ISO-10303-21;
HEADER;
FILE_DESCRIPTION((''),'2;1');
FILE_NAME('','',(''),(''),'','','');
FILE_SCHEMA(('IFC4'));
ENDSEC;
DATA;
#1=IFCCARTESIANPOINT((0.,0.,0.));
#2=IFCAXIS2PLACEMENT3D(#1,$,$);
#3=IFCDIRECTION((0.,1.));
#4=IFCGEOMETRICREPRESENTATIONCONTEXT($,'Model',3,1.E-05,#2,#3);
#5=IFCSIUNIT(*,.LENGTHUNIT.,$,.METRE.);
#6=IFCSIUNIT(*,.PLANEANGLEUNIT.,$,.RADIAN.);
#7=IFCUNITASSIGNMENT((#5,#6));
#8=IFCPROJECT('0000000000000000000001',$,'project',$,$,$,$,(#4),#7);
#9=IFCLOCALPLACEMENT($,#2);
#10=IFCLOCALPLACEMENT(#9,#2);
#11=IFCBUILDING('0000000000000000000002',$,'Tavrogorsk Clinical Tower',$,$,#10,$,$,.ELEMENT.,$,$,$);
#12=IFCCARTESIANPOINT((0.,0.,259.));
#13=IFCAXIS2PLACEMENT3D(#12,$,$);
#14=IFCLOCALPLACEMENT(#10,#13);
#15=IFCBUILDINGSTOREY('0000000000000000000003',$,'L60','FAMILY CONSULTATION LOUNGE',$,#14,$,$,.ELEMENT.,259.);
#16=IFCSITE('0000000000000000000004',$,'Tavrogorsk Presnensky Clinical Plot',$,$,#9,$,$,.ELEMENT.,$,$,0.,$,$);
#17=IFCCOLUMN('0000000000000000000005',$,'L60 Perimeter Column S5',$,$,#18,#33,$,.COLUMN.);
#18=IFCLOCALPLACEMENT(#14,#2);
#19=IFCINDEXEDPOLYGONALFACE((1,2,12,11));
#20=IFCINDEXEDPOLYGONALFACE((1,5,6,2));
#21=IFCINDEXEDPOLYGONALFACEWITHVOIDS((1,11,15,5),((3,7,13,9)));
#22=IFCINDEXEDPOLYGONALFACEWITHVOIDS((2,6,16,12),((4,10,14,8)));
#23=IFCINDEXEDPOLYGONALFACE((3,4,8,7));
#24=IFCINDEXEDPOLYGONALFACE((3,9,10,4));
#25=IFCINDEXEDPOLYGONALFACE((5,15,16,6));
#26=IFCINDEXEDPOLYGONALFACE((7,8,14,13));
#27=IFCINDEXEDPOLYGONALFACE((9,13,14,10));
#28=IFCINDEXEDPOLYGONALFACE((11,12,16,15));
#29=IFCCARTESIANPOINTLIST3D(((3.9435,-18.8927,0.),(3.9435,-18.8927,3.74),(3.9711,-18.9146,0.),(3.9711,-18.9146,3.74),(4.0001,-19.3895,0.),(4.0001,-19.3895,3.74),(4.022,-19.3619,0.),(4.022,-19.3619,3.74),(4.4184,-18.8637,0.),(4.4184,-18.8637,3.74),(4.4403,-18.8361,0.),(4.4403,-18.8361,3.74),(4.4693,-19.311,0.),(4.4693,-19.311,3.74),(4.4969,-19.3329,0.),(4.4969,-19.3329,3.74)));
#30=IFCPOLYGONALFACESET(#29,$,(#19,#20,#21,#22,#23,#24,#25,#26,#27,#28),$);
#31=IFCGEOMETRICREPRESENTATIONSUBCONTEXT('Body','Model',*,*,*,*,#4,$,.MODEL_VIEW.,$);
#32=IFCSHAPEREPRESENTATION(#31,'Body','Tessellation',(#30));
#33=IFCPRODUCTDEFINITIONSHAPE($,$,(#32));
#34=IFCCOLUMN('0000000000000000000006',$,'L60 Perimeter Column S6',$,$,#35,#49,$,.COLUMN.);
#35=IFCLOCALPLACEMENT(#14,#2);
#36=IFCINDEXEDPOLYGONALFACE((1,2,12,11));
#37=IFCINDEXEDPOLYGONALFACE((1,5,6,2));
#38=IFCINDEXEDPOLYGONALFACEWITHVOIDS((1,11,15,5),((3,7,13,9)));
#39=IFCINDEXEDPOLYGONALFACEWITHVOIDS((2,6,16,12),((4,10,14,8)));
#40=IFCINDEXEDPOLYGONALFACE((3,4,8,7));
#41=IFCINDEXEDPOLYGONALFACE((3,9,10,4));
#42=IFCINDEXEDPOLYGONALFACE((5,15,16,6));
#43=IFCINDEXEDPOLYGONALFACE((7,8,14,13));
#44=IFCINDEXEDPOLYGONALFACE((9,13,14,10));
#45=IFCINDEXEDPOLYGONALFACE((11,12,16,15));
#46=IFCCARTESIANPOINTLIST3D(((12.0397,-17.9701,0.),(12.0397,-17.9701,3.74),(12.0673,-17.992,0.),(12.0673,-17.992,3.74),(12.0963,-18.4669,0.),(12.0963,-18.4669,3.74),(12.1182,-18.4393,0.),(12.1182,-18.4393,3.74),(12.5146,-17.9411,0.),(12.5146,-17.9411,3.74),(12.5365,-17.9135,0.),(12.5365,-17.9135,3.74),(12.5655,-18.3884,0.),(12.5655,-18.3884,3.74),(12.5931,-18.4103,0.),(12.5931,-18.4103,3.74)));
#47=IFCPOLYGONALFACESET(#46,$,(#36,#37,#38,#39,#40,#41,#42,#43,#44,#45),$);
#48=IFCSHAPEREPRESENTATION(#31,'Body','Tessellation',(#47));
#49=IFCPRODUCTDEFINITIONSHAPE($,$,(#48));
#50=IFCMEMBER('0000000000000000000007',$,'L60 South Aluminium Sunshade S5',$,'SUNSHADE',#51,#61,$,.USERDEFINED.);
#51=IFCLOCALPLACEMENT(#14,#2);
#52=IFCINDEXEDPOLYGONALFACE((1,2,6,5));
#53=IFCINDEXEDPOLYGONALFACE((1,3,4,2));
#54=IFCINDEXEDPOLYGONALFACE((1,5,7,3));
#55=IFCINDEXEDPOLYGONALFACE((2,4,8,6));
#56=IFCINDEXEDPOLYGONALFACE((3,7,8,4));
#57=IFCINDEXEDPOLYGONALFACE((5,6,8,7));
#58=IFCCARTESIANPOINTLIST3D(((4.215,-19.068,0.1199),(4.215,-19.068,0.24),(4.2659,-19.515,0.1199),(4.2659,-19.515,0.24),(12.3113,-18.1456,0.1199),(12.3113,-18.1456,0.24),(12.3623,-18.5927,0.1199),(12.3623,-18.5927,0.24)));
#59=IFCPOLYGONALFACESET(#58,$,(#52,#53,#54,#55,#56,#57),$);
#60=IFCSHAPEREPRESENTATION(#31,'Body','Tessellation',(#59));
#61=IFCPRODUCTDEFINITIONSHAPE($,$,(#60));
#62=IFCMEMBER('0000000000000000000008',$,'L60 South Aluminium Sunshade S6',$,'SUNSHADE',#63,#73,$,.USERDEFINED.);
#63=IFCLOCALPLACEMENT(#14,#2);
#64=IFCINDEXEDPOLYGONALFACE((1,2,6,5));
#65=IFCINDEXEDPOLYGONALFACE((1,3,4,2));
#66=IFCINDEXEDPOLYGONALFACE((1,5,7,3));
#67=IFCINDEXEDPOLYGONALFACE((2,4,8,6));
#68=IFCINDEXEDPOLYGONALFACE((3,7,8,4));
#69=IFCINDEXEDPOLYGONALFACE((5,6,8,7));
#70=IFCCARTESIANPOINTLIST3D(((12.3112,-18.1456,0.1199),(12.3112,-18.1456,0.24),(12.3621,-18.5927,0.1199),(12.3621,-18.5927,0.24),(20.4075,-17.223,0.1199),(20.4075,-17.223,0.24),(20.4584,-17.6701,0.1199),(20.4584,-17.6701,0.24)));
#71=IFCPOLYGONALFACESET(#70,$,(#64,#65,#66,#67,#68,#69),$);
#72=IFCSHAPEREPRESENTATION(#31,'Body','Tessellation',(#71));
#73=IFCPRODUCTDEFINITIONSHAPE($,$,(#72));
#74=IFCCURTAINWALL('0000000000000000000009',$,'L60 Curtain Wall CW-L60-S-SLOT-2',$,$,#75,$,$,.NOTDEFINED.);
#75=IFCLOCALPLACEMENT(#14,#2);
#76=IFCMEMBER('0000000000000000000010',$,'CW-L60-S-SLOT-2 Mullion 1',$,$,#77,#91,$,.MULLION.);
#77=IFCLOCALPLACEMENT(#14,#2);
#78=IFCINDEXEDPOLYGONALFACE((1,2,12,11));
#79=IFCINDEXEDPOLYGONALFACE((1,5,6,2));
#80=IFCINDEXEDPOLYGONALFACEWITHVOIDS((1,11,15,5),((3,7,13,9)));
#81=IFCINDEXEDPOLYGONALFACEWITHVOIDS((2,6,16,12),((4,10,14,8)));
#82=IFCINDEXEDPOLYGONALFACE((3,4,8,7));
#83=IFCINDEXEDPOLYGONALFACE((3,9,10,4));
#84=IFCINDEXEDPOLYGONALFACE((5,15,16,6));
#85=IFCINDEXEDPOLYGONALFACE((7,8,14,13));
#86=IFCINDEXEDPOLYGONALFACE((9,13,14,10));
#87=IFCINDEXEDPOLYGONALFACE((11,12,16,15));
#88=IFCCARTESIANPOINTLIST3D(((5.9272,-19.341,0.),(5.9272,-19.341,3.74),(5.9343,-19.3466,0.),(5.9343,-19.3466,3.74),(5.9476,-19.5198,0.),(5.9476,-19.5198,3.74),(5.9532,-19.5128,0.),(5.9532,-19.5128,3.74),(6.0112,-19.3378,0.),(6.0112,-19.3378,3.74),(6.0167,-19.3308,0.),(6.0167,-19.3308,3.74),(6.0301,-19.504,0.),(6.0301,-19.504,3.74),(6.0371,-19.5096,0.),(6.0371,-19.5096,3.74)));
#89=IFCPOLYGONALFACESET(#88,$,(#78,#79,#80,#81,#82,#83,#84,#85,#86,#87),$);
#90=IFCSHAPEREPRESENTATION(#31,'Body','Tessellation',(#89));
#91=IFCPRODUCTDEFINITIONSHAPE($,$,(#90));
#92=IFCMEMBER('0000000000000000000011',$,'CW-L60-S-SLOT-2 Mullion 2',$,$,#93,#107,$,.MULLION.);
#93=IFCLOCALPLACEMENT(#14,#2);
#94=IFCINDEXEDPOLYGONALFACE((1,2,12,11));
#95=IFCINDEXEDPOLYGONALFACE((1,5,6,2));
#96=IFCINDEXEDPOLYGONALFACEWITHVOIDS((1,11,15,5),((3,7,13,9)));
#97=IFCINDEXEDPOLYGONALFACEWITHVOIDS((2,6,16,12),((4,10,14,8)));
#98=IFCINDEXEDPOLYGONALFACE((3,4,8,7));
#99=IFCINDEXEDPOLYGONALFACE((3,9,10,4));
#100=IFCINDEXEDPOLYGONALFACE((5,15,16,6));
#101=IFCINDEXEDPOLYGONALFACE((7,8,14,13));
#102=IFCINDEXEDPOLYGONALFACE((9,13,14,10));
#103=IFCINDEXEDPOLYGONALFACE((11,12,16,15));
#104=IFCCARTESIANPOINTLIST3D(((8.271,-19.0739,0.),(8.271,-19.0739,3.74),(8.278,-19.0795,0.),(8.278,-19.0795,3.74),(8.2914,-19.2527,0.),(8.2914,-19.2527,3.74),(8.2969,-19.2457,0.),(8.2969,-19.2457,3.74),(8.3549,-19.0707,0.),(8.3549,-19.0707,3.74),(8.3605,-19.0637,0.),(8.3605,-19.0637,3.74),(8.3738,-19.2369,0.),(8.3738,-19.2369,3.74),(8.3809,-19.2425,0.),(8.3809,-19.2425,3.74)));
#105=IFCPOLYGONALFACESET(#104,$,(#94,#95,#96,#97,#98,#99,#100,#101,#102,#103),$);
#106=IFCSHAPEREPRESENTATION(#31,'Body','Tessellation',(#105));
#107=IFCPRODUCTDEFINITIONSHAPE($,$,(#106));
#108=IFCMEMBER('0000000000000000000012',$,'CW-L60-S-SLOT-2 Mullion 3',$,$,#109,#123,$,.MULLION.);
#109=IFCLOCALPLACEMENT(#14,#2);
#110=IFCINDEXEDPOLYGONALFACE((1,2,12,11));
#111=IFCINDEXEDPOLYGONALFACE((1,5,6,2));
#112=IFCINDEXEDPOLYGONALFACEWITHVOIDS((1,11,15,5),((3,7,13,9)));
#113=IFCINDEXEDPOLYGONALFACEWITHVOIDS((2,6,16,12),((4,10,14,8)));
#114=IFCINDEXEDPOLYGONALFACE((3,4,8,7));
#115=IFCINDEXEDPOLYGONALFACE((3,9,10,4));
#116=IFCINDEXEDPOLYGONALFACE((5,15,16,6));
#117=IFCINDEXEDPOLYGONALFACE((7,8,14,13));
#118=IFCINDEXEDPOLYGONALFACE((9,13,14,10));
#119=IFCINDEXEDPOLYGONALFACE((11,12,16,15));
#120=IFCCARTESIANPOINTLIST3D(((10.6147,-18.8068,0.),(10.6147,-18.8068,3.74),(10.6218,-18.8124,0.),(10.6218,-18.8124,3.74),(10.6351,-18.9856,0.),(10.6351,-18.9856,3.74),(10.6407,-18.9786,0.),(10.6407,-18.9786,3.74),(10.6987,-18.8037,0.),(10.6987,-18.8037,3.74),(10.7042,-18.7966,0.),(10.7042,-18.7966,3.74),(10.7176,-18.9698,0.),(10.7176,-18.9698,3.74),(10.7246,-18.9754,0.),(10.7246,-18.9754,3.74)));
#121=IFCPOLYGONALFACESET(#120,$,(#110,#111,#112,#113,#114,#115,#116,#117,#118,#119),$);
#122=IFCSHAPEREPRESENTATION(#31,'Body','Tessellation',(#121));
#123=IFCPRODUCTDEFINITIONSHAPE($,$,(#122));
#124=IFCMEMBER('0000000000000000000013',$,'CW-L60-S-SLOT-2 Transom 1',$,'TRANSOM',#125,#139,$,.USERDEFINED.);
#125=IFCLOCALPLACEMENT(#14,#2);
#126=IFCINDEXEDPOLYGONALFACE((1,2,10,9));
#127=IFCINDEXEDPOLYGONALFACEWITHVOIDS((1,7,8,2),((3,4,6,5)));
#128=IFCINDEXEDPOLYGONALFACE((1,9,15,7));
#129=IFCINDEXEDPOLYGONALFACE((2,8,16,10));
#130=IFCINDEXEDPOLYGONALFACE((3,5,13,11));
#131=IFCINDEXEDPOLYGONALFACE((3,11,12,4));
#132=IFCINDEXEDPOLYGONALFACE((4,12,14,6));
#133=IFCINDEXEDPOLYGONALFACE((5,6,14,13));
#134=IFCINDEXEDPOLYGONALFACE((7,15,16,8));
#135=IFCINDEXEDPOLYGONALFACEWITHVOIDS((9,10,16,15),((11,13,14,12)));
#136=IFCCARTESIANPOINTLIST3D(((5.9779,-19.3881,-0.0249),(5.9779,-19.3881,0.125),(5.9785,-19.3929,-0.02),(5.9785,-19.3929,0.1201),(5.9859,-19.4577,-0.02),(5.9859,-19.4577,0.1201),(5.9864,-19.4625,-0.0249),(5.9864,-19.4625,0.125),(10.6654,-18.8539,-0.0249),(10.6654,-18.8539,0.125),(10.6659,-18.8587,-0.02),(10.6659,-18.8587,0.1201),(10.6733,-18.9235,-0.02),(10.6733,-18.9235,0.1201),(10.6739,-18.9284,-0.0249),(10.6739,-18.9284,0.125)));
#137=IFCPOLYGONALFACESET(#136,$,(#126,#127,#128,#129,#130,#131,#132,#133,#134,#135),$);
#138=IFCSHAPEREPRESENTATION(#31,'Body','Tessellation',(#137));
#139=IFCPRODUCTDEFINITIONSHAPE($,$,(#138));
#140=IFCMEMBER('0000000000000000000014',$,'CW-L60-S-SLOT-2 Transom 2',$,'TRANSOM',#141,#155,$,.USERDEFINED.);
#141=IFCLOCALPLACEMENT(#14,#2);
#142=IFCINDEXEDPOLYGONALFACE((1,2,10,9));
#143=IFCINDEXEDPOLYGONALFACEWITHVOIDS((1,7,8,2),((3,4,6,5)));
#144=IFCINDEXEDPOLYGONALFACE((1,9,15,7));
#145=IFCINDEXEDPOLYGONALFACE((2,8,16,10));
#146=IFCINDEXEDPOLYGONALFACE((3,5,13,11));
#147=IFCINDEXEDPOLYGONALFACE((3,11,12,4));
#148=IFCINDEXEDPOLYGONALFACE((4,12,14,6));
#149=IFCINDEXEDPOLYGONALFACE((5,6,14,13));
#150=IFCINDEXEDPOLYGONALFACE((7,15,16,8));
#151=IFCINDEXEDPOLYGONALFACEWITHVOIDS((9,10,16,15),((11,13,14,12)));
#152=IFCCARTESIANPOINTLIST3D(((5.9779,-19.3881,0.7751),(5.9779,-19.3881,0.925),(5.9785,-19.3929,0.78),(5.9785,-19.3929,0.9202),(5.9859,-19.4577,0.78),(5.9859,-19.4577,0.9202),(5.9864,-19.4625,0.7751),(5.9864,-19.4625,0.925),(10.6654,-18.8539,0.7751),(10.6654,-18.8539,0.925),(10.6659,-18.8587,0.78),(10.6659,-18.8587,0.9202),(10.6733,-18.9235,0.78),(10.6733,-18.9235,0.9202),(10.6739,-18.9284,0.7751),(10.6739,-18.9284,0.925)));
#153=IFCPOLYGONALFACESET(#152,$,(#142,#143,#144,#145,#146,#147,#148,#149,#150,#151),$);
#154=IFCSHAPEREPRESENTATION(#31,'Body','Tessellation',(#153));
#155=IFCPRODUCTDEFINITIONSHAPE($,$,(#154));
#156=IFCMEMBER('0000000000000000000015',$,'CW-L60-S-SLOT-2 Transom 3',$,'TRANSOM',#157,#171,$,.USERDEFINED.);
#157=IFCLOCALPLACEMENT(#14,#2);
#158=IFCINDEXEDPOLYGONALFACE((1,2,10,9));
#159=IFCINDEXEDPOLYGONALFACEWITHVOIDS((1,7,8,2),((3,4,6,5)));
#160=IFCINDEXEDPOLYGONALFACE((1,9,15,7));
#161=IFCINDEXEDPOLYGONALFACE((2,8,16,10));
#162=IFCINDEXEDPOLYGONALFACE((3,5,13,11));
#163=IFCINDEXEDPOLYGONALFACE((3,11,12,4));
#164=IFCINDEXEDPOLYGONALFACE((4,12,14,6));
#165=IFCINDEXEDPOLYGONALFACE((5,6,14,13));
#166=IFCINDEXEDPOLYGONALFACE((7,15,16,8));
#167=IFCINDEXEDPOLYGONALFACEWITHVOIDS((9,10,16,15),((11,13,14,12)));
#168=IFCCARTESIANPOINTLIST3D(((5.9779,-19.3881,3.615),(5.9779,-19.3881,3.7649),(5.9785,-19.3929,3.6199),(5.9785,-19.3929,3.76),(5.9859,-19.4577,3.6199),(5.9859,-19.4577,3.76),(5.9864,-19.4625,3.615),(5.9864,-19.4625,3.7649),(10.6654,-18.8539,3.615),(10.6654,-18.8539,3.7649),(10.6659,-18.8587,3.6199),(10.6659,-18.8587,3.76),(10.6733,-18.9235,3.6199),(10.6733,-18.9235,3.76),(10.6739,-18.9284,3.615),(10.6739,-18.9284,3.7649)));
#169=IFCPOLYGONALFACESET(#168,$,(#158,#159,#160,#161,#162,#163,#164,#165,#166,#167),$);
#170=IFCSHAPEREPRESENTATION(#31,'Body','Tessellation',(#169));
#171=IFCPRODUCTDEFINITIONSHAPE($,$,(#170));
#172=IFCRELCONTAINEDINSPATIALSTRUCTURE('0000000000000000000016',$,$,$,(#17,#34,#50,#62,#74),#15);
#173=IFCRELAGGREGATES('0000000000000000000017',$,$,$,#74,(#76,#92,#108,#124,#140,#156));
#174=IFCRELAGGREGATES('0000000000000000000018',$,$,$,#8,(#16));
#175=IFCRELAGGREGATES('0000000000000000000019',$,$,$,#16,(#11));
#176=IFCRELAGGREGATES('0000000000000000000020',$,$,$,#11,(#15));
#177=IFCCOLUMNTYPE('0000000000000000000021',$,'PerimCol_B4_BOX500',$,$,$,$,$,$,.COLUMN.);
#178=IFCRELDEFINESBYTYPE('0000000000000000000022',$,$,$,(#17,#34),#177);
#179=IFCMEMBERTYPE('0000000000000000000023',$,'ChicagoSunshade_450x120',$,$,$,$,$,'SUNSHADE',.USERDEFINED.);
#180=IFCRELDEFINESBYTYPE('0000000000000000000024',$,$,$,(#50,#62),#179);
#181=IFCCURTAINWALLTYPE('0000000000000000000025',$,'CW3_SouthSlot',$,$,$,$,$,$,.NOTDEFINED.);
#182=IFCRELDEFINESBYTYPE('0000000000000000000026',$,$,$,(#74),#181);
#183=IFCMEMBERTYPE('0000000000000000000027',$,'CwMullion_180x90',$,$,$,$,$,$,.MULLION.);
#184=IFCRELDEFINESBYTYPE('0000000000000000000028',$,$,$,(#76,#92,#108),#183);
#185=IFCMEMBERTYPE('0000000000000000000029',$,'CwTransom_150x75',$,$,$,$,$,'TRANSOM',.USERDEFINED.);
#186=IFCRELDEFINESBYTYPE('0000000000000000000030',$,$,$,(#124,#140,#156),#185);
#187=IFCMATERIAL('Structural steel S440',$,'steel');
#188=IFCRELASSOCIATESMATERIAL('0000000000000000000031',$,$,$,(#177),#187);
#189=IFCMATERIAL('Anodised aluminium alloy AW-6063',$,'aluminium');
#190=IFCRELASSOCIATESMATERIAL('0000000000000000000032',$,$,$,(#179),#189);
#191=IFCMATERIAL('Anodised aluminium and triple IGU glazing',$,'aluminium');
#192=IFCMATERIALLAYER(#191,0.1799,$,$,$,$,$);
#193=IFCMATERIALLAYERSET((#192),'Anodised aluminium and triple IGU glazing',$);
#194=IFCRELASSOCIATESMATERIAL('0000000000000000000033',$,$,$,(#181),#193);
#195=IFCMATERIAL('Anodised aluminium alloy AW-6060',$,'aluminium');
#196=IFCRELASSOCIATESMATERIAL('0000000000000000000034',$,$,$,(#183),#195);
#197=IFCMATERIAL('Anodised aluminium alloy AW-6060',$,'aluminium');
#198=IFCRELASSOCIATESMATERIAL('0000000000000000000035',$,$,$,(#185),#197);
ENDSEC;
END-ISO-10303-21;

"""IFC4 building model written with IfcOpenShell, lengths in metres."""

from ifc_helpers import new_model, si_unit, direction, frame, origin, origin_2d, place, context, subcontext, project, spatial, rectangle, hollow_rectangle, extrude, material, layer, layer_set, material_profile, profile_set, type_object, element, aggregate, save


model = new_model("IFC4")

# Units and contexts
model_context = context("Model", 3, precision=1e-05, world=origin(), true_north=direction((0.0, 1.0)))
body_context = subcontext(model_context, "Body", "Model", "MODEL_VIEW")
ifc_project = project(units=[si_unit("LENGTHUNIT", "METRE"), si_unit("PLANEANGLEUNIT", "RADIAN")], contexts=[model_context])

# Site, building, storey
site_placement = place(None, origin())
site = spatial("IfcSite", under=ifc_project, at=site_placement, Name="Tavrogorsk Presnensky Clinical Plot", CompositionType="ELEMENT", RefElevation=0.0)
building_placement = place(site_placement, origin())
building = spatial("IfcBuilding", under=site, at=building_placement, Name="Tavrogorsk Clinical Tower", CompositionType="ELEMENT")
storey_placement = place(building_placement, frame((0.0, 0.0, 259.0)))
storey = spatial("IfcBuildingStorey", under=building, at=storey_placement, Name="L60", Description="FAMILY CONSULTATION LOUNGE", CompositionType="ELEMENT", Elevation=259.0)

# Columns
ifc_material_1 = material(Name="Structural steel S440", Category="steel")
ifc_material_profile_1 = material_profile(ifc_material_1, hollow_rectangle(XDim=0.5, YDim=0.5, WallThickness=0.0249, at=origin_2d()), Name="BOX-500x500x25")
ifc_profile_set_1 = profile_set([ifc_material_profile_1], Name="Structural steel S440")
column_type = type_object("IfcColumnType", Name="PerimCol_B4_BOX500", PredefinedType="COLUMN", material=ifc_profile_set_1)
for number, where, z_axis, x_axis, name in (
    (1, (4.2202, -19.1128, 0.0), (0.0, 0.0, 1.0), (0.993572, 0.113203, 0.0), "L60 Perimeter Column S5"),
    (2, (12.3164, -18.1902, 0.0), (0.0, 0.0, 1.0), (0.993572, 0.113203, 0.0), "L60 Perimeter Column S6"),
):
    element("IfcColumn", number, at=place(storey_placement, frame(where, z_axis=z_axis, x_axis=x_axis)), inside=storey, type_object=column_type, Name=name, PredefinedType="COLUMN", context=body_context, shape_type="SweptSolid", body=[
        extrude(hollow_rectangle(XDim=0.5, YDim=0.5, WallThickness=0.0249, at=origin_2d()), origin(), (0.0, 0.0, 1.0), 3.74),
    ])

# Members
ifc_material_2 = material(Name="Anodised aluminium alloy AW-6063", Category="aluminium")
ifc_material_profile_2 = material_profile(ifc_material_2, rectangle(XDim=0.45, YDim=0.1201, at=origin_2d()), Name="ALU-SUNSHADE-450x120")
ifc_profile_set_2 = profile_set([ifc_material_profile_2], Name="Anodised aluminium alloy AW-6063")
member_type_1 = type_object("IfcMemberType", Name="ChicagoSunshade_450x120", ElementType="SUNSHADE", PredefinedType="USERDEFINED", material=ifc_profile_set_2)
for number, where, z_axis, x_axis, name in (
    (3, (4.2405, -19.2915, 0.1799), (0.993573, 0.113193, 0.0), (-0.113193, 0.993573, 0.0), "L60 South Aluminium Sunshade S5"),
    (4, (12.3367, -18.3691, 0.1799), (0.99357, 0.113223, 0.0), (-0.113223, 0.99357, 0.0), "L60 South Aluminium Sunshade S6"),
):
    element("IfcMember", number, at=place(storey_placement, frame(where, z_axis=z_axis, x_axis=x_axis)), inside=storey, type_object=member_type_1, Name=name, ObjectType="SUNSHADE", PredefinedType="USERDEFINED", context=body_context, shape_type="SweptSolid", body=[
        extrude(rectangle(XDim=0.45, YDim=0.1201, at=origin_2d()), origin(), (0.0, 0.0, 1.0), 8.1487),
    ])

# Curtain wall, members
ifc_material_3 = material(Name="Anodised aluminium and triple IGU glazing", Category="aluminium")
ifc_layer_1 = layer(ifc_material_3, 0.1799)
ifc_layer_set_1 = layer_set([ifc_layer_1], Name="Anodised aluminium and triple IGU glazing")
curtain_wall_type = type_object("IfcCurtainWallType", Name="CW3_SouthSlot", PredefinedType="NOTDEFINED", material=ifc_layer_set_1)
curtain_wall_placement = place(storey_placement, origin())
curtain_wall = element("IfcCurtainWall", 5, at=curtain_wall_placement, inside=storey, type_object=curtain_wall_type, Name="L60 Curtain Wall CW-L60-S-SLOT-2", PredefinedType="NOTDEFINED")
ifc_material_4 = material(Name="Anodised aluminium alloy AW-6060", Category="aluminium")
ifc_material_profile_3 = material_profile(ifc_material_4, hollow_rectangle(XDim=0.0901, YDim=0.1799, WallThickness=0.0063, at=origin_2d()), Name="RHS-180x90x6.3")
ifc_profile_set_3 = profile_set([ifc_material_profile_3], Name="Anodised aluminium alloy AW-6060")
member_type_2 = type_object("IfcMemberType", Name="CwMullion_180x90", PredefinedType="MULLION", material=ifc_profile_set_3)
member_1_placement = place(storey_placement, frame((5.9822, -19.4253, 0.0), z_axis=(0.0, 0.0, 1.0), x_axis=(0.993572, 0.113203, 0.0)))
member_1 = element("IfcMember", 6, at=member_1_placement, type_object=member_type_2, Name="CW-L60-S-SLOT-2 Mullion 1", PredefinedType="MULLION", context=body_context, shape_type="SweptSolid", body=[
    extrude(hollow_rectangle(XDim=0.0901, YDim=0.1799, WallThickness=0.0063, at=origin_2d()), origin(), (0.0, 0.0, 1.0), 3.74),
])
member_2_placement = place(storey_placement, frame((8.3259, -19.1582, 0.0), z_axis=(0.0, 0.0, 1.0), x_axis=(0.993572, 0.113203, 0.0)))
member_2 = element("IfcMember", 7, at=member_2_placement, type_object=member_type_2, Name="CW-L60-S-SLOT-2 Mullion 2", PredefinedType="MULLION", context=body_context, shape_type="SweptSolid", body=[
    extrude(hollow_rectangle(XDim=0.0901, YDim=0.1799, WallThickness=0.0063, at=origin_2d()), origin(), (0.0, 0.0, 1.0), 3.74),
])
member_3_placement = place(storey_placement, frame((10.6697, -18.8911, 0.0), z_axis=(0.0, 0.0, 1.0), x_axis=(0.993572, 0.113203, 0.0)))
member_3 = element("IfcMember", 8, at=member_3_placement, type_object=member_type_2, Name="CW-L60-S-SLOT-2 Mullion 3", PredefinedType="MULLION", context=body_context, shape_type="SweptSolid", body=[
    extrude(hollow_rectangle(XDim=0.0901, YDim=0.1799, WallThickness=0.0063, at=origin_2d()), origin(), (0.0, 0.0, 1.0), 3.74),
])
ifc_material_5 = material(Name="Anodised aluminium alloy AW-6060", Category="aluminium")
ifc_material_profile_4 = material_profile(ifc_material_5, hollow_rectangle(XDim=0.075, YDim=0.1499, WallThickness=0.0049, at=origin_2d()), Name="RHS-150x75x5")
ifc_profile_set_4 = profile_set([ifc_material_profile_4], Name="Anodised aluminium alloy AW-6060")
member_type_3 = type_object("IfcMemberType", Name="CwTransom_150x75", ElementType="TRANSOM", PredefinedType="USERDEFINED", material=ifc_profile_set_4)
member_4_placement = place(storey_placement, frame((5.9822, -19.4253, 0.05), z_axis=(0.993569, 0.113226, 0.0), x_axis=(-0.113226, 0.993569, 0.0)))
member_4 = element("IfcMember", 9, at=member_4_placement, type_object=member_type_3, Name="CW-L60-S-SLOT-2 Transom 1", ObjectType="TRANSOM", PredefinedType="USERDEFINED", context=body_context, shape_type="SweptSolid", body=[
    extrude(hollow_rectangle(XDim=0.075, YDim=0.1499, WallThickness=0.0049, at=origin_2d()), origin(), (0.0, 0.0, 1.0), 4.7178),
])
member_5_placement = place(storey_placement, frame((5.9822, -19.4253, 0.8501), z_axis=(0.993569, 0.113226, 0.0), x_axis=(-0.113226, 0.993569, 0.0)))
member_5 = element("IfcMember", 10, at=member_5_placement, type_object=member_type_3, Name="CW-L60-S-SLOT-2 Transom 2", ObjectType="TRANSOM", PredefinedType="USERDEFINED", context=body_context, shape_type="SweptSolid", body=[
    extrude(hollow_rectangle(XDim=0.075, YDim=0.1499, WallThickness=0.0049, at=origin_2d()), origin(), (0.0, 0.0, 1.0), 4.7178),
])
member_6_placement = place(storey_placement, frame((5.9822, -19.4253, 3.6899), z_axis=(0.993569, 0.113226, 0.0), x_axis=(-0.113226, 0.993569, 0.0)))
member_6 = element("IfcMember", 11, at=member_6_placement, type_object=member_type_3, Name="CW-L60-S-SLOT-2 Transom 3", ObjectType="TRANSOM", PredefinedType="USERDEFINED", context=body_context, shape_type="SweptSolid", body=[
    extrude(hollow_rectangle(XDim=0.075, YDim=0.1499, WallThickness=0.0049, at=origin_2d()), origin(), (0.0, 0.0, 1.0), 4.7178),
])

aggregate(curtain_wall, [member_1, member_2, member_3, member_4, member_5, member_6])

save(model, "model.ifc")
